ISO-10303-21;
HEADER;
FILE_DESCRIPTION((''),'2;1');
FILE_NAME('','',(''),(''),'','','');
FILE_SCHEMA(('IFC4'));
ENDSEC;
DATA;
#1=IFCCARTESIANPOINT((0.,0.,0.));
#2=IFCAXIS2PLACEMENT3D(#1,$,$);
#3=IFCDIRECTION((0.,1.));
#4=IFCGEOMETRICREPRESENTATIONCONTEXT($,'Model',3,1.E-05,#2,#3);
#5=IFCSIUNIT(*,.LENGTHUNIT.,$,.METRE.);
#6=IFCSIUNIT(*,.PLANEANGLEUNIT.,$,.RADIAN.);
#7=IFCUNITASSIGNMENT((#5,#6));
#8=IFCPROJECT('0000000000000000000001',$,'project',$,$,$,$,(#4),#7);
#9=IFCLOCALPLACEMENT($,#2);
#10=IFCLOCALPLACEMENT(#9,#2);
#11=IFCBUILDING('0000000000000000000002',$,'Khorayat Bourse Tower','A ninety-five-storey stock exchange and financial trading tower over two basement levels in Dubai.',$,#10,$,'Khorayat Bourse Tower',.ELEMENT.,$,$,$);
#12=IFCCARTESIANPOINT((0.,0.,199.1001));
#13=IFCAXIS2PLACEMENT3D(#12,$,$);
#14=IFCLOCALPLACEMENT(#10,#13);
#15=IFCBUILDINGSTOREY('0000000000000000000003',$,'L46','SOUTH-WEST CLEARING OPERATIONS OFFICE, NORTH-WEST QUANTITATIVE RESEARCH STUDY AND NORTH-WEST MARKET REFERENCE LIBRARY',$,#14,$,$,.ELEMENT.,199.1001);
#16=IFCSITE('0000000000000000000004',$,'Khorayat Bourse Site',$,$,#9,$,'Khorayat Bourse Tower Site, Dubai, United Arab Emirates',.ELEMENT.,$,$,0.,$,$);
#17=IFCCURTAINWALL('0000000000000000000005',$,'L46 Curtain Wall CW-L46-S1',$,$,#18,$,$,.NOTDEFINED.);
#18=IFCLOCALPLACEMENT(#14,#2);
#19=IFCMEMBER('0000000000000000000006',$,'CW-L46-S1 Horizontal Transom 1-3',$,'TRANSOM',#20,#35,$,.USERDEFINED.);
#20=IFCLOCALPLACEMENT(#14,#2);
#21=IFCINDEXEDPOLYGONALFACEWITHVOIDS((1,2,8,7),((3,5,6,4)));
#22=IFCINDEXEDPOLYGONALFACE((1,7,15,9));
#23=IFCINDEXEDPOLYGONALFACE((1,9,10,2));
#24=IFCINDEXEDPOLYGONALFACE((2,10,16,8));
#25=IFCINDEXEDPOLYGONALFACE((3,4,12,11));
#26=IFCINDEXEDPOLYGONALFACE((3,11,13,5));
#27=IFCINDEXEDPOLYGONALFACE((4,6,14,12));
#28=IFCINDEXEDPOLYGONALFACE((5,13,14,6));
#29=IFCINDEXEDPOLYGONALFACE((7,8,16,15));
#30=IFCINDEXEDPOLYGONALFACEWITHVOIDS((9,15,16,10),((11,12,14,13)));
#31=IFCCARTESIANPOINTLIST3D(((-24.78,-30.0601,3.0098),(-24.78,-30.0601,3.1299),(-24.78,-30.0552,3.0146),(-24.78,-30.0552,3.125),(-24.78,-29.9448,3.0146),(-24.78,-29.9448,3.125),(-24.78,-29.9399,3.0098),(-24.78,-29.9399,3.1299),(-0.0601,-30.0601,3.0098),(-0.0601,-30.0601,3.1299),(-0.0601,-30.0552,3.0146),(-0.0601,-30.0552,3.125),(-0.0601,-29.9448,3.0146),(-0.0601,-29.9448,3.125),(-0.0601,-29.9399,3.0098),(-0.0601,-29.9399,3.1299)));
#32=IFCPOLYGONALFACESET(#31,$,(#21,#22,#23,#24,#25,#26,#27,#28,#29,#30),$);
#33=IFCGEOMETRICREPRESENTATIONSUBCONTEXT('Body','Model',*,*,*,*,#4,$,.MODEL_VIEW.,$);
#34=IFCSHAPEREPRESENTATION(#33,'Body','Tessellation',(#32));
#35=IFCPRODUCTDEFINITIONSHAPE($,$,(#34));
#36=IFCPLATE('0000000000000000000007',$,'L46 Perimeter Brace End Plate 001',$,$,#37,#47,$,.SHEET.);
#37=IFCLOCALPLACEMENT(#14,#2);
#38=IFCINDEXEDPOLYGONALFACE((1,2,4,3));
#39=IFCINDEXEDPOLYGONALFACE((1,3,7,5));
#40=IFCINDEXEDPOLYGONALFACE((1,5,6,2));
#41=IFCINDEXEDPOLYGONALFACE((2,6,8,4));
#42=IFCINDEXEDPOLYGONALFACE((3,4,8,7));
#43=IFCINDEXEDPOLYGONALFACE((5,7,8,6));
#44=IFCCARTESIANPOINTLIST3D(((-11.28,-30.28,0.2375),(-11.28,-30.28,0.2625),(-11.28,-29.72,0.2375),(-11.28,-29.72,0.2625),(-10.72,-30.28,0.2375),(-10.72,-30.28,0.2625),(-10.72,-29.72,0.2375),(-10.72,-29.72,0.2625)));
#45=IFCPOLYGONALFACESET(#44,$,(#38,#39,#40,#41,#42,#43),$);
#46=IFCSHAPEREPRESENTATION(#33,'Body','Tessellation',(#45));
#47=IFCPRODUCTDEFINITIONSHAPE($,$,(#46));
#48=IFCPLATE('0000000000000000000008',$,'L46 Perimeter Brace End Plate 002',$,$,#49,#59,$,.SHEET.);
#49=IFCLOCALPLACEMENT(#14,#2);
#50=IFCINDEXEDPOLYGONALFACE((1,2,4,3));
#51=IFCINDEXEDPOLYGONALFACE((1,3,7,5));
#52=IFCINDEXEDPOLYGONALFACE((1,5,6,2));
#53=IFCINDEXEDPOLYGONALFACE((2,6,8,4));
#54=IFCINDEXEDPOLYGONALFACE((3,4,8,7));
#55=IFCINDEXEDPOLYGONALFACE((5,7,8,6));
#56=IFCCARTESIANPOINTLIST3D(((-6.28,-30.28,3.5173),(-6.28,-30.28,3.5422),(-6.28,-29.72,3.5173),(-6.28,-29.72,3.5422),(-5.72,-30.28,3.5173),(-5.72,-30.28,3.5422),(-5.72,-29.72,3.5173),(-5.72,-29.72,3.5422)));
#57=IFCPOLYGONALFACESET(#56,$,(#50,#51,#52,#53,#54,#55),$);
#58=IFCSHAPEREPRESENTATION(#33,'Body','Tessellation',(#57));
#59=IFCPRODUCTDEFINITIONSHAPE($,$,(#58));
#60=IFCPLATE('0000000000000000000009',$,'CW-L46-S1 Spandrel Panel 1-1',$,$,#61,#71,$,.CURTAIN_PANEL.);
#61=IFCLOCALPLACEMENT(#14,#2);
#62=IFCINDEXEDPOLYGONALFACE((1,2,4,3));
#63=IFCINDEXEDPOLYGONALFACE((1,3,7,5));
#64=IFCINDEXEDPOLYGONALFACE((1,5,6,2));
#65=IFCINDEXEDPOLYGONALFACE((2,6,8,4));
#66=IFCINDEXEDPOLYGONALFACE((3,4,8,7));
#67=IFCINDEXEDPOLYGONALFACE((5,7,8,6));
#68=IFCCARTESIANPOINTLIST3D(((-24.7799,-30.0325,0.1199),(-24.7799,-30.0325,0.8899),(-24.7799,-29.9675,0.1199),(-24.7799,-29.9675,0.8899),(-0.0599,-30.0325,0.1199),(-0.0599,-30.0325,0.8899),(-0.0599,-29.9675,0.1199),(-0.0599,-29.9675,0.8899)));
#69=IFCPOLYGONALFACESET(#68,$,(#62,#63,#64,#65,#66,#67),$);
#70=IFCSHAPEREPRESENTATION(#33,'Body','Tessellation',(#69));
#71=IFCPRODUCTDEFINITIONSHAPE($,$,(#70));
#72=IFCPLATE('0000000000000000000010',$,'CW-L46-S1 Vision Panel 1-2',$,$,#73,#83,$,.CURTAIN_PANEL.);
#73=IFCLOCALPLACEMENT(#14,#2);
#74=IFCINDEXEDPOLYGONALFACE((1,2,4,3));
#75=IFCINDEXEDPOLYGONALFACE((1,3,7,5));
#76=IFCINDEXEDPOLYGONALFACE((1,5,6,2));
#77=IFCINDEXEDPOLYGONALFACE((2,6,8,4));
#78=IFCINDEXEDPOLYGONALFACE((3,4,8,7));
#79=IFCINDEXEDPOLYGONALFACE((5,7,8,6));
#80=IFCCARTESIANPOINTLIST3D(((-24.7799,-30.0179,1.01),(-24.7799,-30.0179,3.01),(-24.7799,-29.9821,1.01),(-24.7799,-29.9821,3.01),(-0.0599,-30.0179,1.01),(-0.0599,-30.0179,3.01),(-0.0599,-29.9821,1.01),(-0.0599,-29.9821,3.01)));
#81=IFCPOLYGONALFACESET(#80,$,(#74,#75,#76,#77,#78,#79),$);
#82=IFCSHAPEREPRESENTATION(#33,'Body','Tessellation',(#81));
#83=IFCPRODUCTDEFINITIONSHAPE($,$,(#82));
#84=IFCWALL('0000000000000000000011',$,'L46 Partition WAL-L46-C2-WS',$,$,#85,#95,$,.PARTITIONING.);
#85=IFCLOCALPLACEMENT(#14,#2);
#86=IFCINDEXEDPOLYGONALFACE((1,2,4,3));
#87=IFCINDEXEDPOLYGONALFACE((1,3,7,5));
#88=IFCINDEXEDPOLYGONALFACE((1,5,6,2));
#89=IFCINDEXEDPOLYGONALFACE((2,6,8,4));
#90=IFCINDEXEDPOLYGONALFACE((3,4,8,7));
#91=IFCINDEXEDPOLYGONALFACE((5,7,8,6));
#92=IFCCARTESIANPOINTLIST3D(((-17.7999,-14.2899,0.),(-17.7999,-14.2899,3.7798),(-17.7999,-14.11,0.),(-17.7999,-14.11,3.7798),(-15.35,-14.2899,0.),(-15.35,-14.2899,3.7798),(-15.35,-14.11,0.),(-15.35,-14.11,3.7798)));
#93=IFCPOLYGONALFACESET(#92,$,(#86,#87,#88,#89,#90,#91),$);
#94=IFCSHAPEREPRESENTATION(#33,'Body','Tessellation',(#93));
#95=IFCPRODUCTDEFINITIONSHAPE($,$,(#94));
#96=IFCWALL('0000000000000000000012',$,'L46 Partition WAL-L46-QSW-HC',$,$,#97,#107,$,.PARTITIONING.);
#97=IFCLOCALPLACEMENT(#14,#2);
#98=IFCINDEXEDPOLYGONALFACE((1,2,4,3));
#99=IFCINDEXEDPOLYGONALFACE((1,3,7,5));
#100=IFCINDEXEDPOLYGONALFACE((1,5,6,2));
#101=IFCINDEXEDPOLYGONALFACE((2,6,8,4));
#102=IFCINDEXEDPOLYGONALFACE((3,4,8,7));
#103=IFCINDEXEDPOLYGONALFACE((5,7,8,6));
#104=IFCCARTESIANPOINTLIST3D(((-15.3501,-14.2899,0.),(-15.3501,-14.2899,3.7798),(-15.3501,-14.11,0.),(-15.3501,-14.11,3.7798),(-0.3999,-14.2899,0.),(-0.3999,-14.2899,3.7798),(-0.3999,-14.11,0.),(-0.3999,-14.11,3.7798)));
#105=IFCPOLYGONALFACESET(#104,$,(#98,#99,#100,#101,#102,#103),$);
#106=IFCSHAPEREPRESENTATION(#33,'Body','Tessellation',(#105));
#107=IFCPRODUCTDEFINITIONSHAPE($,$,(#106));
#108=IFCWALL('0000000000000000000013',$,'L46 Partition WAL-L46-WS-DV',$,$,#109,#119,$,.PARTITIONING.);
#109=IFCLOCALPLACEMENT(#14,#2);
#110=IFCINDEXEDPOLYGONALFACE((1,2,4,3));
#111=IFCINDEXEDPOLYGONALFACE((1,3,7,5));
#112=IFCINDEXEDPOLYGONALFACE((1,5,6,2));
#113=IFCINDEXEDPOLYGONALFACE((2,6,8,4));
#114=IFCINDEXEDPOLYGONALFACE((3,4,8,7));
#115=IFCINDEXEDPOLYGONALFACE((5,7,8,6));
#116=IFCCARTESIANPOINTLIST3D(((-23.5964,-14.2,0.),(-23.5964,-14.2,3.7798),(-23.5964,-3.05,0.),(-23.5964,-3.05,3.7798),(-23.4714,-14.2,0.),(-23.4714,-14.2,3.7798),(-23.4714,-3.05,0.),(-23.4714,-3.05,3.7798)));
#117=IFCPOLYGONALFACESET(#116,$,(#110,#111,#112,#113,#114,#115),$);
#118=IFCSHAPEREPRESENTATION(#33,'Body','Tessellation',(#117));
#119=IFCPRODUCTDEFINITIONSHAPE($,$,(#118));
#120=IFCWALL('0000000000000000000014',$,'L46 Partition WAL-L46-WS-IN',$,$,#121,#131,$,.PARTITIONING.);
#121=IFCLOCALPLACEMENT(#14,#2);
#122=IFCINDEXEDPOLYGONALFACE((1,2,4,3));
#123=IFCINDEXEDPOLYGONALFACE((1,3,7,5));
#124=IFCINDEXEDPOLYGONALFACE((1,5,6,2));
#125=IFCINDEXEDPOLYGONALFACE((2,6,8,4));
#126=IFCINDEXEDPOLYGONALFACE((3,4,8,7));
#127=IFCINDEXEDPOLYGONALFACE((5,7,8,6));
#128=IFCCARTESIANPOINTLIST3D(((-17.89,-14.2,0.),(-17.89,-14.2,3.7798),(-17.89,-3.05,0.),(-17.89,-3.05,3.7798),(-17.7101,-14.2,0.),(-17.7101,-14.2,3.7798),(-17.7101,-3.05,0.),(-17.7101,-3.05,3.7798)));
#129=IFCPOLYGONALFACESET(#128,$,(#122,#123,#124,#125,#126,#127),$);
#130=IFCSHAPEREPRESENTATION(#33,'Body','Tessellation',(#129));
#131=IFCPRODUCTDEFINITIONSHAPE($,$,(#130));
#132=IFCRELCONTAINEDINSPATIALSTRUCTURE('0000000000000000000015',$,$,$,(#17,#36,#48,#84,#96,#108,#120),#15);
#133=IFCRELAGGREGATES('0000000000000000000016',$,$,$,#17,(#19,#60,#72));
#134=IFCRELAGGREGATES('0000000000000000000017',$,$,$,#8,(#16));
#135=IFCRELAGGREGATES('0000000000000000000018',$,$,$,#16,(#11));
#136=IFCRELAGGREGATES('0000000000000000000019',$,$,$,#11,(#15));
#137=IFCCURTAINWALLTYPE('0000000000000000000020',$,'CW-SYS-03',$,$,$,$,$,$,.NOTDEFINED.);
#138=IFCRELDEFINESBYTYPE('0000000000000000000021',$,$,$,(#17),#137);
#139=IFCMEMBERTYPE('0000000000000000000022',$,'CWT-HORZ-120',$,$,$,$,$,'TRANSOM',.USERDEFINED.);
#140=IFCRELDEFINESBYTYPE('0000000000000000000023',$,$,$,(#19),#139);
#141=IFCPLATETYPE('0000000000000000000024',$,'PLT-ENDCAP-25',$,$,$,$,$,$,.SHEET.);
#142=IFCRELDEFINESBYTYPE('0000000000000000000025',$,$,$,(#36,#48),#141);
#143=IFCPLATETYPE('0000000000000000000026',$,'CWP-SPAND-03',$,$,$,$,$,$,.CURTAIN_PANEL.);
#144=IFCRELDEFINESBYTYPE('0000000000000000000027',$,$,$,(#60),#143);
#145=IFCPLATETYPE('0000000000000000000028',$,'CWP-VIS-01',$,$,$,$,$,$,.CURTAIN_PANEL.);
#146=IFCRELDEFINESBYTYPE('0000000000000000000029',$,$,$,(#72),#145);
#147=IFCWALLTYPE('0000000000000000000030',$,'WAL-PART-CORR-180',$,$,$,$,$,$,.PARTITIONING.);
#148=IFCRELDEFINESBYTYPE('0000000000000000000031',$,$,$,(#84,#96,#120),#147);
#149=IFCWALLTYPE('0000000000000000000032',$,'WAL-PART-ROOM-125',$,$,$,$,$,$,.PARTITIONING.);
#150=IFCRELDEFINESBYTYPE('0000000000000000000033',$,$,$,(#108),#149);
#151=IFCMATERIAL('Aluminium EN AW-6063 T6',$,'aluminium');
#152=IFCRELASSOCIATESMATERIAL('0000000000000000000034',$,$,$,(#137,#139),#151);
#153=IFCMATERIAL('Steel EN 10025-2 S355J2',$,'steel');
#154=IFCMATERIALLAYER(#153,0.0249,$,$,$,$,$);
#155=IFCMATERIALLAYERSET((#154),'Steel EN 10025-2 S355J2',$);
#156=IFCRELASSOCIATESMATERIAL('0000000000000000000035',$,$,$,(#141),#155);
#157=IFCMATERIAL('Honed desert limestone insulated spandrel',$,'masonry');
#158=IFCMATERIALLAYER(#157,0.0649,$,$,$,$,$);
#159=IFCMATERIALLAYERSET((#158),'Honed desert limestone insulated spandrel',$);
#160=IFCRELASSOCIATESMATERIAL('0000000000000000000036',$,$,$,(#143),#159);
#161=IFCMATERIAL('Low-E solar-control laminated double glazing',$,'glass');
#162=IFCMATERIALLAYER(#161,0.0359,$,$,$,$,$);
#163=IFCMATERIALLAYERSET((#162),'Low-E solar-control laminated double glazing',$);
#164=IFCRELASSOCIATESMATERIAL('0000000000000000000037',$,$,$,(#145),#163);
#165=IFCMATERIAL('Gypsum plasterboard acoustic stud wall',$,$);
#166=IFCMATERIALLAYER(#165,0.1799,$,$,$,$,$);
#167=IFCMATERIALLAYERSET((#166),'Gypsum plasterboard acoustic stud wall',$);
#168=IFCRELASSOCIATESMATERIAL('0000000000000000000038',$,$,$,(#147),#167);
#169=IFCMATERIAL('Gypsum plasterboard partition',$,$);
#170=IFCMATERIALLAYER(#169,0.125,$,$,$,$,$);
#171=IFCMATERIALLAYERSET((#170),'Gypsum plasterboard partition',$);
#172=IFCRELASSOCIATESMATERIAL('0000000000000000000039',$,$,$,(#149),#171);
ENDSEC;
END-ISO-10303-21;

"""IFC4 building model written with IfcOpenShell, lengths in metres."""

from ifc_helpers import new_model, si_unit, direction, frame, frame_2d, origin, origin_2d, place, context, subcontext, project, spatial, rectangle, hollow_rectangle, extrude, source, transform, mapped, material, layer, layer_set, material_profile, profile_set, type_object, element, aggregate, save


model = new_model("IFC4")

# Units and contexts
model_context = context("Model", 3, precision=1e-05, world=origin(), true_north=direction((0.0, 1.0)))
body_context = subcontext(model_context, "Body", "Model", "MODEL_VIEW")
ifc_project = project(units=[si_unit("LENGTHUNIT", "METRE"), si_unit("PLANEANGLEUNIT", "RADIAN")], contexts=[model_context])

# Site, building, storey
site_placement = place(None, origin())
site = spatial("IfcSite", under=ifc_project, at=site_placement, Name="Khorayat Bourse Site", LongName="Khorayat Bourse Tower Site, Dubai, United Arab Emirates", CompositionType="ELEMENT", RefElevation=0.0)
building_placement = place(site_placement, origin())
building = spatial("IfcBuilding", under=site, at=building_placement, Name="Khorayat Bourse Tower", Description="A ninety-five-storey stock exchange and financial trading tower over two basement levels in Dubai.", LongName="Khorayat Bourse Tower", CompositionType="ELEMENT")
storey_placement = place(building_placement, frame((0.0, 0.0, 199.1001)))
storey = spatial("IfcBuildingStorey", under=building, at=storey_placement, Name="L46", Description="SOUTH-WEST CLEARING OPERATIONS OFFICE, NORTH-WEST QUANTITATIVE RESEARCH STUDY AND NORTH-WEST MARKET REFERENCE LIBRARY", CompositionType="ELEMENT", Elevation=199.1001)

# Curtain wall, member
ifc_material_1 = material(Name="Aluminium EN AW-6063 T6", Category="aluminium")
curtain_wall_type = type_object("IfcCurtainWallType", Name="CW-SYS-03", PredefinedType="NOTDEFINED", material=ifc_material_1)
curtain_wall_placement = place(storey_placement, origin())
curtain_wall = element("IfcCurtainWall", 1, at=curtain_wall_placement, inside=storey, type_object=curtain_wall_type, Name="L46 Curtain Wall CW-L46-S1", PredefinedType="NOTDEFINED")
ifc_material_profile_1 = material_profile(ifc_material_1, hollow_rectangle(XDim=0.1201, YDim=0.1201, WallThickness=0.0049, at=origin_2d()), Name="ALU 120x120x5")
ifc_profile_set_1 = profile_set([ifc_material_profile_1], Name="Aluminium EN AW-6063 T6")
member_type_1 = type_object("IfcMemberType", Name="CWT-HORZ-120", ElementType="TRANSOM", PredefinedType="USERDEFINED", material=ifc_profile_set_1)
shared_shape_1 = source(origin(), body_context, "Body", "SweptSolid", [
    extrude(hollow_rectangle(XDim=0.1201, YDim=0.1201, WallThickness=0.0049, at=origin_2d()), origin(), (0.0, 0.0, 1.0), 24.72),
])
member_1_placement = place(storey_placement, frame((-24.78, -30.0, 3.0698), z_axis=(1.0, 0.0, 0.0), x_axis=(0.0, 1.0, 0.0)))
member_1 = element("IfcMember", 2, at=member_1_placement, type_object=member_type_1, Name="CW-L46-S1 Horizontal Transom 1-3", ObjectType="TRANSOM", PredefinedType="USERDEFINED", context=body_context, shape_type="MappedRepresentation", body=[
    mapped(shared_shape_1, transform((0.0, 0.0, 0.0), scale=1.0)),
])

# Plates
ifc_material_2 = material(Name="Steel EN 10025-2 S355J2", Category="steel")
ifc_layer_1 = layer(ifc_material_2, 0.0249)
ifc_layer_set_1 = layer_set([ifc_layer_1], Name="Steel EN 10025-2 S355J2")
plate_type_1 = type_object("IfcPlateType", Name="PLT-ENDCAP-25", PredefinedType="SHEET", material=ifc_layer_set_1)
shared_shape_2 = source(origin(), body_context, "Body", "SweptSolid", [
    extrude(rectangle(XDim=0.5601, YDim=0.5601, at=origin_2d()), origin(), (0.0, 0.0, 1.0), 0.0249),
])
for number, where, z_axis, x_axis, name in (
    (3, (-11.0, -30.0, 0.2375), (0.0, 0.0, 1.0), (1.0, 0.0, 0.0), "L46 Perimeter Brace End Plate 001"),
    (4, (-6.0, -30.0, 3.5173), (0.0, 0.0, 1.0), (1.0, 0.0, 0.0), "L46 Perimeter Brace End Plate 002"),
):
    element("IfcPlate", number, at=place(storey_placement, frame(where, z_axis=z_axis, x_axis=x_axis)), inside=storey, type_object=plate_type_1, Name=name, PredefinedType="SHEET", context=body_context, shape_type="MappedRepresentation", body=[
        mapped(shared_shape_2, transform((0.0, 0.0, 0.0), scale=1.0)),
    ])

# Plates
ifc_material_3 = material(Name="Honed desert limestone insulated spandrel", Category="masonry")
ifc_layer_2 = layer(ifc_material_3, 0.0649)
ifc_layer_set_2 = layer_set([ifc_layer_2], Name="Honed desert limestone insulated spandrel")
plate_type_2 = type_object("IfcPlateType", Name="CWP-SPAND-03", PredefinedType="CURTAIN_PANEL", material=ifc_layer_set_2)
shared_shape_3 = source(origin(), body_context, "Body", "SweptSolid", [
    extrude(rectangle(XDim=24.72, YDim=0.0649, at=origin_2d()), origin(), (0.0, 0.0, 1.0), 0.77),
])
plate_1_placement = place(storey_placement, frame((-12.4199, -30.0, 0.1199), z_axis=(0.0, 0.0, 1.0), x_axis=(1.0, 0.0, 0.0)))
plate_1 = element("IfcPlate", 5, at=plate_1_placement, type_object=plate_type_2, Name="CW-L46-S1 Spandrel Panel 1-1", PredefinedType="CURTAIN_PANEL", context=body_context, shape_type="MappedRepresentation", body=[
    mapped(shared_shape_3, transform((0.0, 0.0, 0.0), scale=1.0)),
])
ifc_material_4 = material(Name="Low-E solar-control laminated double glazing", Category="glass")
ifc_layer_3 = layer(ifc_material_4, 0.0359)
ifc_layer_set_3 = layer_set([ifc_layer_3], Name="Low-E solar-control laminated double glazing")
plate_type_3 = type_object("IfcPlateType", Name="CWP-VIS-01", PredefinedType="CURTAIN_PANEL", material=ifc_layer_set_3)
shared_shape_4 = source(origin(), body_context, "Body", "SweptSolid", [
    extrude(rectangle(XDim=24.72, YDim=0.0359, at=origin_2d()), origin(), (0.0, 0.0, 1.0), 2.0),
])
plate_2_placement = place(storey_placement, frame((-12.4199, -30.0, 1.01), z_axis=(0.0, 0.0, 1.0), x_axis=(1.0, 0.0, 0.0)))
plate_2 = element("IfcPlate", 6, at=plate_2_placement, type_object=plate_type_3, Name="CW-L46-S1 Vision Panel 1-2", PredefinedType="CURTAIN_PANEL", context=body_context, shape_type="MappedRepresentation", body=[
    mapped(shared_shape_4, transform((0.0, 0.0, 0.0), scale=1.0)),
])
aggregate(curtain_wall, [member_1, plate_1, plate_2])

# Walls
ifc_material_5 = material(Name="Gypsum plasterboard acoustic stud wall")
ifc_layer_4 = layer(ifc_material_5, 0.1799)
ifc_layer_set_4 = layer_set([ifc_layer_4], Name="Gypsum plasterboard acoustic stud wall")
wall_type_1 = type_object("IfcWallType", Name="WAL-PART-CORR-180", PredefinedType="PARTITIONING", material=ifc_layer_set_4)
shared_shape_5 = source(origin(), body_context, "Body", "SweptSolid", [
    extrude(rectangle(XDim=2.45, YDim=0.1799, at=frame_2d((1.2251, 0.0))), origin(), (0.0, 0.0, 1.0), 3.7798),
])
wall_1_placement = place(storey_placement, frame((-17.8, -14.2, 0.0), z_axis=(0.0, 0.0, 1.0), x_axis=(1.0, 0.0, 0.0)))
element("IfcWall", 7, at=wall_1_placement, inside=storey, type_object=wall_type_1, Name="L46 Partition WAL-L46-C2-WS", PredefinedType="PARTITIONING", context=body_context, shape_type="MappedRepresentation", body=[
    mapped(shared_shape_5, transform((0.0, 0.0, 0.0), scale=1.0)),
])
shared_shape_6 = source(origin(), body_context, "Body", "SweptSolid", [
    extrude(rectangle(XDim=14.9502, YDim=0.1799, at=frame_2d((7.4751, 0.0))), origin(), (0.0, 0.0, 1.0), 3.7798),
])
wall_2_placement = place(storey_placement, frame((-15.3501, -14.2, 0.0), z_axis=(0.0, 0.0, 1.0), x_axis=(1.0, 0.0, 0.0)))
element("IfcWall", 8, at=wall_2_placement, inside=storey, type_object=wall_type_1, Name="L46 Partition WAL-L46-QSW-HC", PredefinedType="PARTITIONING", context=body_context, shape_type="MappedRepresentation", body=[
    mapped(shared_shape_6, transform((0.0, 0.0, 0.0), scale=1.0)),
])
ifc_material_6 = material(Name="Gypsum plasterboard partition")
ifc_layer_5 = layer(ifc_material_6, 0.125)
ifc_layer_set_5 = layer_set([ifc_layer_5], Name="Gypsum plasterboard partition")
wall_type_2 = type_object("IfcWallType", Name="WAL-PART-ROOM-125", PredefinedType="PARTITIONING", material=ifc_layer_set_5)
shared_shape_7 = source(origin(), body_context, "Body", "SweptSolid", [
    extrude(rectangle(XDim=11.1499, YDim=0.125, at=frame_2d((5.575, 0.0))), origin(), (0.0, 0.0, 1.0), 3.7798),
])
wall_3_placement = place(storey_placement, frame((-23.5339, -14.2, 0.0), z_axis=(0.0, 0.0, 1.0), x_axis=(0.0, 1.0, 0.0)))
element("IfcWall", 9, at=wall_3_placement, inside=storey, type_object=wall_type_2, Name="L46 Partition WAL-L46-WS-DV", PredefinedType="PARTITIONING", context=body_context, shape_type="MappedRepresentation", body=[
    mapped(shared_shape_7, transform((0.0, 0.0, 0.0), scale=1.0)),
])
shared_shape_8 = source(origin(), body_context, "Body", "SweptSolid", [
    extrude(rectangle(XDim=11.1499, YDim=0.1799, at=frame_2d((5.575, 0.0))), origin(), (0.0, 0.0, 1.0), 3.7798),
])
wall_4_placement = place(storey_placement, frame((-17.8, -14.2, 0.0), z_axis=(0.0, 0.0, 1.0), x_axis=(0.0, 1.0, 0.0)))
element("IfcWall", 10, at=wall_4_placement, inside=storey, type_object=wall_type_1, Name="L46 Partition WAL-L46-WS-IN", PredefinedType="PARTITIONING", context=body_context, shape_type="MappedRepresentation", body=[
    mapped(shared_shape_8, transform((0.0, 0.0, 0.0), scale=1.0)),
])

save(model, "model.ifc")
